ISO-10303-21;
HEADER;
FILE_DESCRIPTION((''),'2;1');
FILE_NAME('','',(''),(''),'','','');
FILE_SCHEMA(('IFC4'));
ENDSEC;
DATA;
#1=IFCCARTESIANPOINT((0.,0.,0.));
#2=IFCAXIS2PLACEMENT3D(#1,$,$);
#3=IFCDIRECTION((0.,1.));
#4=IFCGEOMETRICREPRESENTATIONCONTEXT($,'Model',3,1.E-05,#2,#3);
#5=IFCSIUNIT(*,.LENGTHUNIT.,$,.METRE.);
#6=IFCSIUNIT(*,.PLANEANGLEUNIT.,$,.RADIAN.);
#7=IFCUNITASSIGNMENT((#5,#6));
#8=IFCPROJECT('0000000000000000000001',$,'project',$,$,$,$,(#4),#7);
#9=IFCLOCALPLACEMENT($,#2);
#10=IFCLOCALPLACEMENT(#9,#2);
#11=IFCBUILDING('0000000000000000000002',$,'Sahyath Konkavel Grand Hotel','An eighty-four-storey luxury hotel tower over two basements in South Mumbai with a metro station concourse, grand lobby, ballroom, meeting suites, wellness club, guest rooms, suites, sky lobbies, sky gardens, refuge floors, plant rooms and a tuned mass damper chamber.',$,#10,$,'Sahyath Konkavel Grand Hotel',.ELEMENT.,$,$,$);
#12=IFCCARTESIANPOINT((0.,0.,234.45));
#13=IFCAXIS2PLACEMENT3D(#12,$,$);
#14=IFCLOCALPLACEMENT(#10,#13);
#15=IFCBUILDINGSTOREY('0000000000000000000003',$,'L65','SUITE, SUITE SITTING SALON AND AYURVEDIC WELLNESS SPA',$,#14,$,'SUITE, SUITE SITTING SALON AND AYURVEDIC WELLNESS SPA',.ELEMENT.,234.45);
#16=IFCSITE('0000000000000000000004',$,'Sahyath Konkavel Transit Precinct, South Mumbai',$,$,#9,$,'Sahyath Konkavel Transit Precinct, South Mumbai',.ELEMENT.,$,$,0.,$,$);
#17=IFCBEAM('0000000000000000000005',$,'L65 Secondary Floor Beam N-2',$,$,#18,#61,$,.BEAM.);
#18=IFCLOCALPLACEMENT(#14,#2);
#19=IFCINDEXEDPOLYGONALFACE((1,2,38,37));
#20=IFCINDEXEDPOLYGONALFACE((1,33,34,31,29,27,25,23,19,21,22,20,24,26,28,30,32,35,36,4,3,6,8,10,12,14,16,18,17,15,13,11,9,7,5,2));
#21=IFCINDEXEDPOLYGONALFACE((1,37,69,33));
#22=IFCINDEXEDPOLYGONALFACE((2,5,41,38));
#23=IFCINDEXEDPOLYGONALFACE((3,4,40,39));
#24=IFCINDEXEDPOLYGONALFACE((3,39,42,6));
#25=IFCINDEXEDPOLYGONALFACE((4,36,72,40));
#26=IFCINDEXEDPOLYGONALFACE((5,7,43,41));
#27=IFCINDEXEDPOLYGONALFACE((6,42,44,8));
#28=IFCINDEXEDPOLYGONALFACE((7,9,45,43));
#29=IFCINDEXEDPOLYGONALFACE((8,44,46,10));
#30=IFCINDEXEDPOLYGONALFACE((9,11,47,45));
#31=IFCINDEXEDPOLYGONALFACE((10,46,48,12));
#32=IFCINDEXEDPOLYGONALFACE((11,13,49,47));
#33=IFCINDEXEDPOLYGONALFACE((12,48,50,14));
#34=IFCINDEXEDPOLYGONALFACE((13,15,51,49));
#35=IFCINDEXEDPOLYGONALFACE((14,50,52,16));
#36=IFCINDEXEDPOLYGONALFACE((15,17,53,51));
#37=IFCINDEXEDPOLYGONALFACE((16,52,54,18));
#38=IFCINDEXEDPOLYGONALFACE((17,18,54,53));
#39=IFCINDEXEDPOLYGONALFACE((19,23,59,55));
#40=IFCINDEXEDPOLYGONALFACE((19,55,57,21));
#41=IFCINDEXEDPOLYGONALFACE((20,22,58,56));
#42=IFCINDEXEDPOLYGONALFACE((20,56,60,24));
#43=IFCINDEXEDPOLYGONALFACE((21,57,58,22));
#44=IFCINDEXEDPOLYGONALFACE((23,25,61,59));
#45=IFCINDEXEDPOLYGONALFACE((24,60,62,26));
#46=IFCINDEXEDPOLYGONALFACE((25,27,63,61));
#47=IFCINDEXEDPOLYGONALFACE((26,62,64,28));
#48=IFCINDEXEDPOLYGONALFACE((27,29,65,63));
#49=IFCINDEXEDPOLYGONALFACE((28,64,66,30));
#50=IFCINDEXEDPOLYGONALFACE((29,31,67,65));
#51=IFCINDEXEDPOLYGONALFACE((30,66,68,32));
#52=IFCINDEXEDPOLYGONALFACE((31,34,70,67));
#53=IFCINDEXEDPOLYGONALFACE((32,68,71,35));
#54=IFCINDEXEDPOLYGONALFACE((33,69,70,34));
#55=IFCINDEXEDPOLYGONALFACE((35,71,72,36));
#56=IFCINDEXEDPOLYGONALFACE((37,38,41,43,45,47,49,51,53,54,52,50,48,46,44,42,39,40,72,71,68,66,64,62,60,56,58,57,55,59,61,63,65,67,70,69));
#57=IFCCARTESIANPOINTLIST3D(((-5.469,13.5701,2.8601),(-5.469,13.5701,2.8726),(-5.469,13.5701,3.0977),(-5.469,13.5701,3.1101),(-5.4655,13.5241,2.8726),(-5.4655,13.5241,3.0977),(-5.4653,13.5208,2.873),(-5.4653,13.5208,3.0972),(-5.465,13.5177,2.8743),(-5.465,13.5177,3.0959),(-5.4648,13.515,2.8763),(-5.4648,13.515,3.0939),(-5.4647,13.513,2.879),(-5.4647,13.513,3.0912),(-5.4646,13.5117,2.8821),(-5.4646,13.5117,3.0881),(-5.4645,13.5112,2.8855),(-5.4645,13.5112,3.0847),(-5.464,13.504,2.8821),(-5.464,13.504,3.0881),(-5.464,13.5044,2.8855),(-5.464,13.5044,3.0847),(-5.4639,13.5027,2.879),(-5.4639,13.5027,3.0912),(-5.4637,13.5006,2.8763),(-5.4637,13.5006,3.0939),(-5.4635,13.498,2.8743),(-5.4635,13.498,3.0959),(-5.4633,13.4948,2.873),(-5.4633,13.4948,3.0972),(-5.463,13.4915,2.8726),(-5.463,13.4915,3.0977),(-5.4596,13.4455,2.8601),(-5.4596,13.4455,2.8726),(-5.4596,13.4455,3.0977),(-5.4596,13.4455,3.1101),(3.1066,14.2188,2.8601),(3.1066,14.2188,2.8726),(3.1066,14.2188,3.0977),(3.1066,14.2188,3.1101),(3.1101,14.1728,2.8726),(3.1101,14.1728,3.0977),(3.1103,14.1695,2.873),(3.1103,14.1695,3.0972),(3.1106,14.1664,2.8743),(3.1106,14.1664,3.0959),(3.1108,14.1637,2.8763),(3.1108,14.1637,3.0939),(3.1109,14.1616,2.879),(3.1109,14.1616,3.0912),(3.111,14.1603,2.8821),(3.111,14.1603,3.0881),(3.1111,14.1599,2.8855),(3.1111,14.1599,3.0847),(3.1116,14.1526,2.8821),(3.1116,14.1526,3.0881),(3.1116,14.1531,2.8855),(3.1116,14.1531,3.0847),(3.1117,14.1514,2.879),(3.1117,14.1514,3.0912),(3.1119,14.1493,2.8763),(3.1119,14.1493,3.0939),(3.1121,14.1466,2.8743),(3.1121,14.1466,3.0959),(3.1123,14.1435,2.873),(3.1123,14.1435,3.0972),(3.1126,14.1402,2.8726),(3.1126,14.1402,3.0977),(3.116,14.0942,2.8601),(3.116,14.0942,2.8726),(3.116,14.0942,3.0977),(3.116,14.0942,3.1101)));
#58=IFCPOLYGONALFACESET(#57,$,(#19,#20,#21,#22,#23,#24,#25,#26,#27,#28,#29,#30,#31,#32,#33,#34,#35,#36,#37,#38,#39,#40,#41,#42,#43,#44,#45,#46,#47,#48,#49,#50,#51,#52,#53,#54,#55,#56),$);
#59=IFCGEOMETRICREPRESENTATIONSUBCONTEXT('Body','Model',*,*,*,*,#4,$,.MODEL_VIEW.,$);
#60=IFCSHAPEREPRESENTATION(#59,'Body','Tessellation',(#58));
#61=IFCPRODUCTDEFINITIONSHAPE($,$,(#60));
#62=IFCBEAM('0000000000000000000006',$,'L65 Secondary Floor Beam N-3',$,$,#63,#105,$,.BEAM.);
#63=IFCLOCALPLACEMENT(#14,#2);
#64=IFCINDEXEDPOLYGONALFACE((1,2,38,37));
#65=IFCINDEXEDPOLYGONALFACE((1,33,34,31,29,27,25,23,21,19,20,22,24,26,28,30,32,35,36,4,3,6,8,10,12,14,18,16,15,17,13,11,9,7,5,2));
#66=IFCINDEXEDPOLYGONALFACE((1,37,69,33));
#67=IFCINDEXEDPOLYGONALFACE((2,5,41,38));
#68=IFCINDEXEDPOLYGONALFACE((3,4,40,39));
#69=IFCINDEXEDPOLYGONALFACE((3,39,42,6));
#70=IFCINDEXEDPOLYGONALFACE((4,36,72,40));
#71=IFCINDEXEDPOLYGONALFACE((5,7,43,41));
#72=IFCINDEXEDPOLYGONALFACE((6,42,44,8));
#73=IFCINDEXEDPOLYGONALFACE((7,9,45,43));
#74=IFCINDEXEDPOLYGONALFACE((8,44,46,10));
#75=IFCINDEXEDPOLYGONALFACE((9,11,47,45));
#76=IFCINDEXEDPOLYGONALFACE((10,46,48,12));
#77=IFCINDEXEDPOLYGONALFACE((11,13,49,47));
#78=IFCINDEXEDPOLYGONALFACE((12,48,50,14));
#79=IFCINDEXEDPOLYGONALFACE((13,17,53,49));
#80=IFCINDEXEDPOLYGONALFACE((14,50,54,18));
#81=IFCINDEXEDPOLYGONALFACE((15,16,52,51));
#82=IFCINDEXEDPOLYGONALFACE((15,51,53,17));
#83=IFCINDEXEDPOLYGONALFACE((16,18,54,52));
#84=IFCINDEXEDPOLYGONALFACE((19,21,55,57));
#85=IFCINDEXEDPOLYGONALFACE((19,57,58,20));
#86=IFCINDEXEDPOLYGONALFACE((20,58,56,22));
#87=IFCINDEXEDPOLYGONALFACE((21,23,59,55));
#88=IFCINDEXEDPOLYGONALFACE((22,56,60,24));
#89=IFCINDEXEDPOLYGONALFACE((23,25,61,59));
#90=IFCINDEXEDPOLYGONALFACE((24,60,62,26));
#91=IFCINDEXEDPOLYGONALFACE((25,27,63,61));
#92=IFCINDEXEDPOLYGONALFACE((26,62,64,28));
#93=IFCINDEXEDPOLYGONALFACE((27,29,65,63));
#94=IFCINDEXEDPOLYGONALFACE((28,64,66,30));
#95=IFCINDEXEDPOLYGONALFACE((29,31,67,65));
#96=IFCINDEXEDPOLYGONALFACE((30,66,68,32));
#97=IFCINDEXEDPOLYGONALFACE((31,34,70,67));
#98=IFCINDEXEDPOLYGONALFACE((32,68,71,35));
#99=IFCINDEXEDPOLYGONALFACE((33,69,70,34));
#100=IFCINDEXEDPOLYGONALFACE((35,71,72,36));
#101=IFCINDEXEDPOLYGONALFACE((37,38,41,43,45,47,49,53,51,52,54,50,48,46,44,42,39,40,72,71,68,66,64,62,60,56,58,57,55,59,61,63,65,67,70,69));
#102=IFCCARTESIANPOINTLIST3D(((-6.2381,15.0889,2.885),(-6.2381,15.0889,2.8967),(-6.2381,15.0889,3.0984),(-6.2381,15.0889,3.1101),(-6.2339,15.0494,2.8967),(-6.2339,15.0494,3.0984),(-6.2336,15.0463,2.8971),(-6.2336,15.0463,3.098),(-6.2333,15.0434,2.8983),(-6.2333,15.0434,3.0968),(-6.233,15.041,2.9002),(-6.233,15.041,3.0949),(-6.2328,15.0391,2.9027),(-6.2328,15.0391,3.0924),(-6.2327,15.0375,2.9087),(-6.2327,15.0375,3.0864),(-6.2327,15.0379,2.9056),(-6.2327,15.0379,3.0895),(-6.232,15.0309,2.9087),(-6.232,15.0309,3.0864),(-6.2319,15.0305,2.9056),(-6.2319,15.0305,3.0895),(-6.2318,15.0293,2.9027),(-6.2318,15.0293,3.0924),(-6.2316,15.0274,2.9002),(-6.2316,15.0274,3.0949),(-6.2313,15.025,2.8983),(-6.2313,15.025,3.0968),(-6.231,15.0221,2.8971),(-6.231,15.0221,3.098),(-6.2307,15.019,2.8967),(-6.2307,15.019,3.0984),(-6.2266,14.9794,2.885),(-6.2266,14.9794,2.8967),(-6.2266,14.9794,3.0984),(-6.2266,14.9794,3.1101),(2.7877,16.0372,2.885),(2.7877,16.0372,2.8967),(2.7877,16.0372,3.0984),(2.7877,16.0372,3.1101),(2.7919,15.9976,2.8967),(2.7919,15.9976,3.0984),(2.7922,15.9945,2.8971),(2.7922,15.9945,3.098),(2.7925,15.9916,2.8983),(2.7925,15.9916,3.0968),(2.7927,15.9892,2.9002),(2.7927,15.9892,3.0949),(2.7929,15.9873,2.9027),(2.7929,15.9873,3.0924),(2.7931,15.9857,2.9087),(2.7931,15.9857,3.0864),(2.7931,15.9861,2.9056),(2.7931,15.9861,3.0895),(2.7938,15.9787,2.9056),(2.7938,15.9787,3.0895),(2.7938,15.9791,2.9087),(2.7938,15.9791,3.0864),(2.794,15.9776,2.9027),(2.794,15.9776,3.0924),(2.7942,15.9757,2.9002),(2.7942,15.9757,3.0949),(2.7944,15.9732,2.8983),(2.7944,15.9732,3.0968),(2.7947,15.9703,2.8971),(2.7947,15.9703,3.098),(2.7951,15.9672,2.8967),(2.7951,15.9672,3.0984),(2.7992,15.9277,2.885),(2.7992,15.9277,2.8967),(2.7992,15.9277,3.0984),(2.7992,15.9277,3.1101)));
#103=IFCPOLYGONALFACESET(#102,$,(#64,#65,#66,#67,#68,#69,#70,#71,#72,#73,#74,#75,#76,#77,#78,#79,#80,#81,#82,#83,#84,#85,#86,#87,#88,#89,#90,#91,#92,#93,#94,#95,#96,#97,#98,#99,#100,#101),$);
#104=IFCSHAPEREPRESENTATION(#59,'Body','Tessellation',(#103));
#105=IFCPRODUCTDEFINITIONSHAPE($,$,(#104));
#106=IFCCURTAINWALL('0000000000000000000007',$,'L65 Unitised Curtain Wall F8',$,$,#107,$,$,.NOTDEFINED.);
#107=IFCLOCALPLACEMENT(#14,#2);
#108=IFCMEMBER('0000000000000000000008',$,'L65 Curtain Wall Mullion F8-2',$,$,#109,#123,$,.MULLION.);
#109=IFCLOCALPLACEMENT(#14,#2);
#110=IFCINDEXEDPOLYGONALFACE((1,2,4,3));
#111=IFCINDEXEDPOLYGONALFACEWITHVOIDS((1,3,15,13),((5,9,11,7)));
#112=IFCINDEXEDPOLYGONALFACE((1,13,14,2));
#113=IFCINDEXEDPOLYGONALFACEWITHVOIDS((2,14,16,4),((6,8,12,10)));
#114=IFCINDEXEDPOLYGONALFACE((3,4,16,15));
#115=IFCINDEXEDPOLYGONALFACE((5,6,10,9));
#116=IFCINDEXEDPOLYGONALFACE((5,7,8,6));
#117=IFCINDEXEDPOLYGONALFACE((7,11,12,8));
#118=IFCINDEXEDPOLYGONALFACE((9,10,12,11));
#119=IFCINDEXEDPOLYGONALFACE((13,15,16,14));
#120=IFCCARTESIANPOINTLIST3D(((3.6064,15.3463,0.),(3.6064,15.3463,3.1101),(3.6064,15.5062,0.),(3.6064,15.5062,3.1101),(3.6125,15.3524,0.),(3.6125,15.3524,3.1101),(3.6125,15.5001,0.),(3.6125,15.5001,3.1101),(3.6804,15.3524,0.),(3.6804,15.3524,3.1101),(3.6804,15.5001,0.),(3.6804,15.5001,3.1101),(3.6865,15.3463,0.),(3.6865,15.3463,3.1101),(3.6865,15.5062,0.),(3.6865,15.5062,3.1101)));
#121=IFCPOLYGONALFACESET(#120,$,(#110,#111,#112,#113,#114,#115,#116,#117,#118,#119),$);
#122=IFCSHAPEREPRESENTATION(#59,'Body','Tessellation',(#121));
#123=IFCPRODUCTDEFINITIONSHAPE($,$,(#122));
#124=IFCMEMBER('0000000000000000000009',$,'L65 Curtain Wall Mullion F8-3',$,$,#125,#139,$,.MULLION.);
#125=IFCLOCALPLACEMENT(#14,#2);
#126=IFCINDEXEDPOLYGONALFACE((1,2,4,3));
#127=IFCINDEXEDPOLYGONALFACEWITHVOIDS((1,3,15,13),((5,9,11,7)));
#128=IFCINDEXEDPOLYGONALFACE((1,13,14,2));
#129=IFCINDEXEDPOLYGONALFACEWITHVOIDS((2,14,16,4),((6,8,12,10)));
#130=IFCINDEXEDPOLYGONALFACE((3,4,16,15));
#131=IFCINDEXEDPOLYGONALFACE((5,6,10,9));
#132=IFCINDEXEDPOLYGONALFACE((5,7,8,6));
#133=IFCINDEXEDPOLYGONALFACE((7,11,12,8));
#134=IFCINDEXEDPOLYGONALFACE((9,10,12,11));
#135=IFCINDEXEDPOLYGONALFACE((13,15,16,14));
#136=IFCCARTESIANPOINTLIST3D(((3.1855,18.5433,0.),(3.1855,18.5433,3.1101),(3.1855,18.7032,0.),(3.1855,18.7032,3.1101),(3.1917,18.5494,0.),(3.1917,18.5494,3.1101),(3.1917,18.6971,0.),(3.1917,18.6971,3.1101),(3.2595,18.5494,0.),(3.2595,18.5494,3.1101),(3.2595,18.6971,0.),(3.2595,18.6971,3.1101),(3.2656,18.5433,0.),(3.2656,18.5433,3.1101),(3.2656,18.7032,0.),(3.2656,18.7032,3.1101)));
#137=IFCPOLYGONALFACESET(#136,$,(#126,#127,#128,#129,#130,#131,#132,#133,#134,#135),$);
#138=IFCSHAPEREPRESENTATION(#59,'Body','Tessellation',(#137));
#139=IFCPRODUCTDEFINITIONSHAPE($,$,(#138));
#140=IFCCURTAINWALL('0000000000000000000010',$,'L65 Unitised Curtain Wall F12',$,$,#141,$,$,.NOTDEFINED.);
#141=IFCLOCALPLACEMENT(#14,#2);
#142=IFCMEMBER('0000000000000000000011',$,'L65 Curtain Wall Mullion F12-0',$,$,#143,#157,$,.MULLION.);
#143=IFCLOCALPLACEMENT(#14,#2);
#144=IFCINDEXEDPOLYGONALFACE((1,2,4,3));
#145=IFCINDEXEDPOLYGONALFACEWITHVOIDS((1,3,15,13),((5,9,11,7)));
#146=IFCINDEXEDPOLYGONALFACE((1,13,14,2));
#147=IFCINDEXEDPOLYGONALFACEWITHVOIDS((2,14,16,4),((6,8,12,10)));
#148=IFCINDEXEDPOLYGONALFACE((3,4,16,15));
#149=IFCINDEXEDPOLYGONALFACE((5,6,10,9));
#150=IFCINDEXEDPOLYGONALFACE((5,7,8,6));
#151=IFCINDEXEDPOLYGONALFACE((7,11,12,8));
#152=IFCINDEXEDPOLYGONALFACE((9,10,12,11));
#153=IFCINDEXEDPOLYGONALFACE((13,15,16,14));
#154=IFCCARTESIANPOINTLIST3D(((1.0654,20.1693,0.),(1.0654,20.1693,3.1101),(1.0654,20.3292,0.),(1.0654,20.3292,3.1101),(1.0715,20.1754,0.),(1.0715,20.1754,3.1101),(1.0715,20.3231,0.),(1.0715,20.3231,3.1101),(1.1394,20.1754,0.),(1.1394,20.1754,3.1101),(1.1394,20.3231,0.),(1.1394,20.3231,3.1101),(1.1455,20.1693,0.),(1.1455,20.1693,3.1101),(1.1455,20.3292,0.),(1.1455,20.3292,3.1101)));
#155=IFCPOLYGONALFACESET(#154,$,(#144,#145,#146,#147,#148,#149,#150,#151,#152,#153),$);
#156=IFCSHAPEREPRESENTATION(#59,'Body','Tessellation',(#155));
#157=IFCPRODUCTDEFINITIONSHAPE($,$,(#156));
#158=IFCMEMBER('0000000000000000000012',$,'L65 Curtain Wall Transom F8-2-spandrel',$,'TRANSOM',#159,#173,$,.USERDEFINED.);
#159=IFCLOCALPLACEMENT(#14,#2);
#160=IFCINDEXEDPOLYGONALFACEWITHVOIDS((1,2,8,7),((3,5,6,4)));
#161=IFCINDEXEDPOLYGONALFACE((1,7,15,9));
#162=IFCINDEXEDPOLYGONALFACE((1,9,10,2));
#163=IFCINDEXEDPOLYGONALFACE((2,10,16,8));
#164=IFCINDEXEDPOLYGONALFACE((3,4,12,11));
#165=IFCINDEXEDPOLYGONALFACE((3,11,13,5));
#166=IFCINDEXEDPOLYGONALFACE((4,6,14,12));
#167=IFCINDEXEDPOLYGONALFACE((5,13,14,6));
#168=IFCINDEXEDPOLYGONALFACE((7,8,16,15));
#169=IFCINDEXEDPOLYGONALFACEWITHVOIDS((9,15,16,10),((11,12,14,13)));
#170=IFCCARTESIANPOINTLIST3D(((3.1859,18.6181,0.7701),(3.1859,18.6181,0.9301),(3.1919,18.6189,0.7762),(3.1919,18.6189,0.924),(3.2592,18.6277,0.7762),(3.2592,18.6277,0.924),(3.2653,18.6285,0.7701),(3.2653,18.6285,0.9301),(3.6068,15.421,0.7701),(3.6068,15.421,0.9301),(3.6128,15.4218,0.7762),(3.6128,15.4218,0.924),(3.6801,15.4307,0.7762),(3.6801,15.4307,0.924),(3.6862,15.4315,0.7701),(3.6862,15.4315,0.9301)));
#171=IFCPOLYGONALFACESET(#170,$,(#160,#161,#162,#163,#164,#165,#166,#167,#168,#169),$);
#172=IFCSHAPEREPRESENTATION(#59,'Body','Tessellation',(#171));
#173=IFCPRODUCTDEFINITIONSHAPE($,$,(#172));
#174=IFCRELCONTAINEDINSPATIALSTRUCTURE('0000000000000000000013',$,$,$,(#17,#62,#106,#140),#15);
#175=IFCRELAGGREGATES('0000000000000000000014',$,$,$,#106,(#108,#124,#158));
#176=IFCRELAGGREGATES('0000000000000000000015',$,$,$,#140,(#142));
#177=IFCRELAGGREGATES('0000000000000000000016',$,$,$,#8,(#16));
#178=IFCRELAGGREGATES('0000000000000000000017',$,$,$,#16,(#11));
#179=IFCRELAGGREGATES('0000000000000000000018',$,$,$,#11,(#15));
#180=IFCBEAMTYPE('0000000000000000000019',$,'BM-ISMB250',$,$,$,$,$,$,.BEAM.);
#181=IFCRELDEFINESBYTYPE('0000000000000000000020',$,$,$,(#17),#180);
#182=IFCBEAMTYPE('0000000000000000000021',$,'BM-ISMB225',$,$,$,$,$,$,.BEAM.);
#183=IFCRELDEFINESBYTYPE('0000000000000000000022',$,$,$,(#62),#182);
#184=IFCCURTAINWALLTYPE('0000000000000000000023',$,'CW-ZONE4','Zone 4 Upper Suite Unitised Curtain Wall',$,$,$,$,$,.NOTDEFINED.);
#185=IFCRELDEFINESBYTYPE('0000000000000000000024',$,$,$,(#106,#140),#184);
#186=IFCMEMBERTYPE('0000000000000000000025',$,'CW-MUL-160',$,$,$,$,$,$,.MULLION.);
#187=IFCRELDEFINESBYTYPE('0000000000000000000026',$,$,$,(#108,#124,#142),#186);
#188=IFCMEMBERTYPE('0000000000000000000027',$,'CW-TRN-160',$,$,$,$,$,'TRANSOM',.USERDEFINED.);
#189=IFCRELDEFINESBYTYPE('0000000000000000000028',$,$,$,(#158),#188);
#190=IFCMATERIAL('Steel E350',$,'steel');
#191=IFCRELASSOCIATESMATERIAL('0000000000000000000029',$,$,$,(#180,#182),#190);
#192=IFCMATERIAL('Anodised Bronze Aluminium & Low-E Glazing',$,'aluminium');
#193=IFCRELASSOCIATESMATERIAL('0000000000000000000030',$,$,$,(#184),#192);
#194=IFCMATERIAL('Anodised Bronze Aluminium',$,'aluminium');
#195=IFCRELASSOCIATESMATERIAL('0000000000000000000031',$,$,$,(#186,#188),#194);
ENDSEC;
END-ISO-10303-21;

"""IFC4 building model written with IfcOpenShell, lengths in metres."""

from ifc_helpers import new_model, si_unit, direction, frame, origin, origin_2d, place, context, subcontext, project, spatial, hollow_rectangle, i_section, extrude, source, transform, mapped, material, material_profile, profile_set, type_object, element, aggregate, save


model = new_model("IFC4")

# Units and contexts
model_context = context("Model", 3, precision=1e-05, world=origin(), true_north=direction((0.0, 1.0)))
body_context = subcontext(model_context, "Body", "Model", "MODEL_VIEW")
ifc_project = project(units=[si_unit("LENGTHUNIT", "METRE"), si_unit("PLANEANGLEUNIT", "RADIAN")], contexts=[model_context])

# Site, building, storey
site_placement = place(None, origin())
site = spatial("IfcSite", under=ifc_project, at=site_placement, Name="Sahyath Konkavel Transit Precinct, South Mumbai", LongName="Sahyath Konkavel Transit Precinct, South Mumbai", CompositionType="ELEMENT", RefElevation=0.0)
building_placement = place(site_placement, origin())
building = spatial("IfcBuilding", under=site, at=building_placement, Name="Sahyath Konkavel Grand Hotel", Description="An eighty-four-storey luxury hotel tower over two basements in South Mumbai with a metro station concourse, grand lobby, ballroom, meeting suites, wellness club, guest rooms, suites, sky lobbies, sky gardens, refuge floors, plant rooms and a tuned mass damper chamber.", LongName="Sahyath Konkavel Grand Hotel", CompositionType="ELEMENT")
storey_placement = place(building_placement, frame((0.0, 0.0, 234.45)))
storey = spatial("IfcBuildingStorey", under=building, at=storey_placement, Name="L65", Description="SUITE, SUITE SITTING SALON AND AYURVEDIC WELLNESS SPA", LongName="SUITE, SUITE SITTING SALON AND AYURVEDIC WELLNESS SPA", CompositionType="ELEMENT", Elevation=234.45)

# Beams
ifc_material_1 = material(Name="Steel E350", Category="steel")
ifc_material_profile_1 = material_profile(ifc_material_1, i_section(OverallWidth=0.125, OverallDepth=0.25, WebThickness=0.0068, FlangeThickness=0.0125, FilletRadius=0.0129, at=origin_2d()), Name="ISMB 250")
ifc_profile_set_1 = profile_set([ifc_material_profile_1], Name="Steel E350")
beam_type_1 = type_object("IfcBeamType", Name="BM-ISMB250", PredefinedType="BEAM", material=ifc_profile_set_1)
shared_shape_1 = source(origin(), body_context, "Body", "SweptSolid", [
    extrude(i_section(OverallWidth=0.125, OverallDepth=0.25, WebThickness=0.0068, FlangeThickness=0.0125, FilletRadius=0.0129, at=origin_2d()), origin(), (0.0, 0.0, 1.0), 8.6001),
])
beam_1_placement = place(storey_placement, frame((3.1113, 14.1565, 2.9851), z_axis=(-0.997151, -0.075426, 0.0), x_axis=(0.075426, -0.997151, 0.0)))
element("IfcBeam", 1, at=beam_1_placement, inside=storey, type_object=beam_type_1, Name="L65 Secondary Floor Beam N-2", PredefinedType="BEAM", context=body_context, shape_type="MappedRepresentation", body=[
    mapped(shared_shape_1, transform((0.0, 0.0, 0.0), scale=1.0)),
])
ifc_material_profile_2 = material_profile(ifc_material_1, i_section(OverallWidth=0.1101, OverallDepth=0.2251, WebThickness=0.0066, FlangeThickness=0.0117, FilletRadius=0.012, at=origin_2d()), Name="ISMB 225")
ifc_profile_set_2 = profile_set([ifc_material_profile_2], Name="Steel E350")
beam_type_2 = type_object("IfcBeamType", Name="BM-ISMB225", PredefinedType="BEAM", material=ifc_profile_set_2)
shared_shape_2 = source(origin(), body_context, "Body", "SweptSolid", [
    extrude(i_section(OverallWidth=0.1101, OverallDepth=0.2251, WebThickness=0.0066, FlangeThickness=0.0117, FilletRadius=0.012, at=origin_2d()), origin(), (0.0, 0.0, 1.0), 9.0754),
])
beam_2_placement = place(storey_placement, frame((2.7935, 15.9824, 2.9976), z_axis=(-0.994527, -0.104483, 0.0), x_axis=(0.104483, -0.994527, 0.0)))
element("IfcBeam", 2, at=beam_2_placement, inside=storey, type_object=beam_type_2, Name="L65 Secondary Floor Beam N-3", PredefinedType="BEAM", context=body_context, shape_type="MappedRepresentation", body=[
    mapped(shared_shape_2, transform((0.0, 0.0, 0.0), scale=1.0)),
])

# Curtain wall, members
ifc_material_2 = material(Name="Anodised Bronze Aluminium & Low-E Glazing", Category="aluminium")
curtain_wall_type = type_object("IfcCurtainWallType", Name="CW-ZONE4", Description="Zone 4 Upper Suite Unitised Curtain Wall", PredefinedType="NOTDEFINED", material=ifc_material_2)
curtain_wall_1_placement = place(storey_placement, origin())
curtain_wall_1 = element("IfcCurtainWall", 3, at=curtain_wall_1_placement, inside=storey, type_object=curtain_wall_type, Name="L65 Unitised Curtain Wall F8", PredefinedType="NOTDEFINED")
ifc_material_3 = material(Name="Anodised Bronze Aluminium", Category="aluminium")
ifc_material_profile_3 = material_profile(ifc_material_3, hollow_rectangle(XDim=0.0801, YDim=0.1599, WallThickness=0.0061, at=origin_2d()), Name="RHS 160x80x6")
ifc_profile_set_3 = profile_set([ifc_material_profile_3], Name="Anodised Bronze Aluminium")
member_type_1 = type_object("IfcMemberType", Name="CW-MUL-160", PredefinedType="MULLION", material=ifc_profile_set_3)
shared_shape_3 = source(origin(), body_context, "Body", "SweptSolid", [
    extrude(hollow_rectangle(XDim=0.0801, YDim=0.1599, WallThickness=0.0061, at=origin_2d()), origin(), (0.0, 0.0, 1.0), 3.1101),
])
member_1_placement = place(storey_placement, frame((3.6465, 15.4263, 0.0), z_axis=(0.0, 0.0, 1.0), x_axis=(1.0, 0.0, 0.0)))
member_1 = element("IfcMember", 4, at=member_1_placement, type_object=member_type_1, Name="L65 Curtain Wall Mullion F8-2", PredefinedType="MULLION", context=body_context, shape_type="MappedRepresentation", body=[
    mapped(shared_shape_3, transform((0.0, 0.0, 0.0), scale=1.0)),
])
member_2_placement = place(storey_placement, frame((3.2256, 18.6233, 0.0), z_axis=(0.0, 0.0, 1.0), x_axis=(1.0, 0.0, 0.0)))
member_2 = element("IfcMember", 5, at=member_2_placement, type_object=member_type_1, Name="L65 Curtain Wall Mullion F8-3", PredefinedType="MULLION", context=body_context, shape_type="MappedRepresentation", body=[
    mapped(shared_shape_3, transform((0.0, 0.0, 0.0), scale=1.0)),
])

# Curtain wall, member
curtain_wall_2_placement = place(storey_placement, origin())
curtain_wall_2 = element("IfcCurtainWall", 6, at=curtain_wall_2_placement, inside=storey, type_object=curtain_wall_type, Name="L65 Unitised Curtain Wall F12", PredefinedType="NOTDEFINED")
member_3_placement = place(storey_placement, frame((1.1055, 20.2493, 0.0), z_axis=(0.0, 0.0, 1.0), x_axis=(1.0, 0.0, 0.0)))
member_3 = element("IfcMember", 7, at=member_3_placement, type_object=member_type_1, Name="L65 Curtain Wall Mullion F12-0", PredefinedType="MULLION", context=body_context, shape_type="MappedRepresentation", body=[
    mapped(shared_shape_3, transform((0.0, 0.0, 0.0), scale=1.0)),
])

# Member
ifc_material_profile_4 = material_profile(ifc_material_3, hollow_rectangle(XDim=0.0801, YDim=0.1599, WallThickness=0.0061, at=origin_2d()), Name="RHS 160x80x6")
ifc_profile_set_4 = profile_set([ifc_material_profile_4], Name="Anodised Bronze Aluminium")
member_type_2 = type_object("IfcMemberType", Name="CW-TRN-160", ElementType="TRANSOM", PredefinedType="USERDEFINED", material=ifc_profile_set_4)
shared_shape_4 = source(origin(), body_context, "Body", "SweptSolid", [
    extrude(hollow_rectangle(XDim=0.0801, YDim=0.1599, WallThickness=0.0061, at=origin_2d()), origin(), (0.0, 0.0, 1.0), 3.2246),
])
member_4_placement = place(storey_placement, frame((3.6465, 15.4263, 0.8501), z_axis=(-0.130527, 0.991445, 0.0), x_axis=(-0.991445, -0.130527, 0.0)))
member_4 = element("IfcMember", 8, at=member_4_placement, type_object=member_type_2, Name="L65 Curtain Wall Transom F8-2-spandrel", ObjectType="TRANSOM", PredefinedType="USERDEFINED", context=body_context, shape_type="MappedRepresentation", body=[
    mapped(shared_shape_4, transform((0.0, 0.0, 0.0), scale=1.0)),
])

aggregate(curtain_wall_1, [member_1, member_2, member_4])
aggregate(curtain_wall_2, [member_3])

save(model, "model.ifc")
